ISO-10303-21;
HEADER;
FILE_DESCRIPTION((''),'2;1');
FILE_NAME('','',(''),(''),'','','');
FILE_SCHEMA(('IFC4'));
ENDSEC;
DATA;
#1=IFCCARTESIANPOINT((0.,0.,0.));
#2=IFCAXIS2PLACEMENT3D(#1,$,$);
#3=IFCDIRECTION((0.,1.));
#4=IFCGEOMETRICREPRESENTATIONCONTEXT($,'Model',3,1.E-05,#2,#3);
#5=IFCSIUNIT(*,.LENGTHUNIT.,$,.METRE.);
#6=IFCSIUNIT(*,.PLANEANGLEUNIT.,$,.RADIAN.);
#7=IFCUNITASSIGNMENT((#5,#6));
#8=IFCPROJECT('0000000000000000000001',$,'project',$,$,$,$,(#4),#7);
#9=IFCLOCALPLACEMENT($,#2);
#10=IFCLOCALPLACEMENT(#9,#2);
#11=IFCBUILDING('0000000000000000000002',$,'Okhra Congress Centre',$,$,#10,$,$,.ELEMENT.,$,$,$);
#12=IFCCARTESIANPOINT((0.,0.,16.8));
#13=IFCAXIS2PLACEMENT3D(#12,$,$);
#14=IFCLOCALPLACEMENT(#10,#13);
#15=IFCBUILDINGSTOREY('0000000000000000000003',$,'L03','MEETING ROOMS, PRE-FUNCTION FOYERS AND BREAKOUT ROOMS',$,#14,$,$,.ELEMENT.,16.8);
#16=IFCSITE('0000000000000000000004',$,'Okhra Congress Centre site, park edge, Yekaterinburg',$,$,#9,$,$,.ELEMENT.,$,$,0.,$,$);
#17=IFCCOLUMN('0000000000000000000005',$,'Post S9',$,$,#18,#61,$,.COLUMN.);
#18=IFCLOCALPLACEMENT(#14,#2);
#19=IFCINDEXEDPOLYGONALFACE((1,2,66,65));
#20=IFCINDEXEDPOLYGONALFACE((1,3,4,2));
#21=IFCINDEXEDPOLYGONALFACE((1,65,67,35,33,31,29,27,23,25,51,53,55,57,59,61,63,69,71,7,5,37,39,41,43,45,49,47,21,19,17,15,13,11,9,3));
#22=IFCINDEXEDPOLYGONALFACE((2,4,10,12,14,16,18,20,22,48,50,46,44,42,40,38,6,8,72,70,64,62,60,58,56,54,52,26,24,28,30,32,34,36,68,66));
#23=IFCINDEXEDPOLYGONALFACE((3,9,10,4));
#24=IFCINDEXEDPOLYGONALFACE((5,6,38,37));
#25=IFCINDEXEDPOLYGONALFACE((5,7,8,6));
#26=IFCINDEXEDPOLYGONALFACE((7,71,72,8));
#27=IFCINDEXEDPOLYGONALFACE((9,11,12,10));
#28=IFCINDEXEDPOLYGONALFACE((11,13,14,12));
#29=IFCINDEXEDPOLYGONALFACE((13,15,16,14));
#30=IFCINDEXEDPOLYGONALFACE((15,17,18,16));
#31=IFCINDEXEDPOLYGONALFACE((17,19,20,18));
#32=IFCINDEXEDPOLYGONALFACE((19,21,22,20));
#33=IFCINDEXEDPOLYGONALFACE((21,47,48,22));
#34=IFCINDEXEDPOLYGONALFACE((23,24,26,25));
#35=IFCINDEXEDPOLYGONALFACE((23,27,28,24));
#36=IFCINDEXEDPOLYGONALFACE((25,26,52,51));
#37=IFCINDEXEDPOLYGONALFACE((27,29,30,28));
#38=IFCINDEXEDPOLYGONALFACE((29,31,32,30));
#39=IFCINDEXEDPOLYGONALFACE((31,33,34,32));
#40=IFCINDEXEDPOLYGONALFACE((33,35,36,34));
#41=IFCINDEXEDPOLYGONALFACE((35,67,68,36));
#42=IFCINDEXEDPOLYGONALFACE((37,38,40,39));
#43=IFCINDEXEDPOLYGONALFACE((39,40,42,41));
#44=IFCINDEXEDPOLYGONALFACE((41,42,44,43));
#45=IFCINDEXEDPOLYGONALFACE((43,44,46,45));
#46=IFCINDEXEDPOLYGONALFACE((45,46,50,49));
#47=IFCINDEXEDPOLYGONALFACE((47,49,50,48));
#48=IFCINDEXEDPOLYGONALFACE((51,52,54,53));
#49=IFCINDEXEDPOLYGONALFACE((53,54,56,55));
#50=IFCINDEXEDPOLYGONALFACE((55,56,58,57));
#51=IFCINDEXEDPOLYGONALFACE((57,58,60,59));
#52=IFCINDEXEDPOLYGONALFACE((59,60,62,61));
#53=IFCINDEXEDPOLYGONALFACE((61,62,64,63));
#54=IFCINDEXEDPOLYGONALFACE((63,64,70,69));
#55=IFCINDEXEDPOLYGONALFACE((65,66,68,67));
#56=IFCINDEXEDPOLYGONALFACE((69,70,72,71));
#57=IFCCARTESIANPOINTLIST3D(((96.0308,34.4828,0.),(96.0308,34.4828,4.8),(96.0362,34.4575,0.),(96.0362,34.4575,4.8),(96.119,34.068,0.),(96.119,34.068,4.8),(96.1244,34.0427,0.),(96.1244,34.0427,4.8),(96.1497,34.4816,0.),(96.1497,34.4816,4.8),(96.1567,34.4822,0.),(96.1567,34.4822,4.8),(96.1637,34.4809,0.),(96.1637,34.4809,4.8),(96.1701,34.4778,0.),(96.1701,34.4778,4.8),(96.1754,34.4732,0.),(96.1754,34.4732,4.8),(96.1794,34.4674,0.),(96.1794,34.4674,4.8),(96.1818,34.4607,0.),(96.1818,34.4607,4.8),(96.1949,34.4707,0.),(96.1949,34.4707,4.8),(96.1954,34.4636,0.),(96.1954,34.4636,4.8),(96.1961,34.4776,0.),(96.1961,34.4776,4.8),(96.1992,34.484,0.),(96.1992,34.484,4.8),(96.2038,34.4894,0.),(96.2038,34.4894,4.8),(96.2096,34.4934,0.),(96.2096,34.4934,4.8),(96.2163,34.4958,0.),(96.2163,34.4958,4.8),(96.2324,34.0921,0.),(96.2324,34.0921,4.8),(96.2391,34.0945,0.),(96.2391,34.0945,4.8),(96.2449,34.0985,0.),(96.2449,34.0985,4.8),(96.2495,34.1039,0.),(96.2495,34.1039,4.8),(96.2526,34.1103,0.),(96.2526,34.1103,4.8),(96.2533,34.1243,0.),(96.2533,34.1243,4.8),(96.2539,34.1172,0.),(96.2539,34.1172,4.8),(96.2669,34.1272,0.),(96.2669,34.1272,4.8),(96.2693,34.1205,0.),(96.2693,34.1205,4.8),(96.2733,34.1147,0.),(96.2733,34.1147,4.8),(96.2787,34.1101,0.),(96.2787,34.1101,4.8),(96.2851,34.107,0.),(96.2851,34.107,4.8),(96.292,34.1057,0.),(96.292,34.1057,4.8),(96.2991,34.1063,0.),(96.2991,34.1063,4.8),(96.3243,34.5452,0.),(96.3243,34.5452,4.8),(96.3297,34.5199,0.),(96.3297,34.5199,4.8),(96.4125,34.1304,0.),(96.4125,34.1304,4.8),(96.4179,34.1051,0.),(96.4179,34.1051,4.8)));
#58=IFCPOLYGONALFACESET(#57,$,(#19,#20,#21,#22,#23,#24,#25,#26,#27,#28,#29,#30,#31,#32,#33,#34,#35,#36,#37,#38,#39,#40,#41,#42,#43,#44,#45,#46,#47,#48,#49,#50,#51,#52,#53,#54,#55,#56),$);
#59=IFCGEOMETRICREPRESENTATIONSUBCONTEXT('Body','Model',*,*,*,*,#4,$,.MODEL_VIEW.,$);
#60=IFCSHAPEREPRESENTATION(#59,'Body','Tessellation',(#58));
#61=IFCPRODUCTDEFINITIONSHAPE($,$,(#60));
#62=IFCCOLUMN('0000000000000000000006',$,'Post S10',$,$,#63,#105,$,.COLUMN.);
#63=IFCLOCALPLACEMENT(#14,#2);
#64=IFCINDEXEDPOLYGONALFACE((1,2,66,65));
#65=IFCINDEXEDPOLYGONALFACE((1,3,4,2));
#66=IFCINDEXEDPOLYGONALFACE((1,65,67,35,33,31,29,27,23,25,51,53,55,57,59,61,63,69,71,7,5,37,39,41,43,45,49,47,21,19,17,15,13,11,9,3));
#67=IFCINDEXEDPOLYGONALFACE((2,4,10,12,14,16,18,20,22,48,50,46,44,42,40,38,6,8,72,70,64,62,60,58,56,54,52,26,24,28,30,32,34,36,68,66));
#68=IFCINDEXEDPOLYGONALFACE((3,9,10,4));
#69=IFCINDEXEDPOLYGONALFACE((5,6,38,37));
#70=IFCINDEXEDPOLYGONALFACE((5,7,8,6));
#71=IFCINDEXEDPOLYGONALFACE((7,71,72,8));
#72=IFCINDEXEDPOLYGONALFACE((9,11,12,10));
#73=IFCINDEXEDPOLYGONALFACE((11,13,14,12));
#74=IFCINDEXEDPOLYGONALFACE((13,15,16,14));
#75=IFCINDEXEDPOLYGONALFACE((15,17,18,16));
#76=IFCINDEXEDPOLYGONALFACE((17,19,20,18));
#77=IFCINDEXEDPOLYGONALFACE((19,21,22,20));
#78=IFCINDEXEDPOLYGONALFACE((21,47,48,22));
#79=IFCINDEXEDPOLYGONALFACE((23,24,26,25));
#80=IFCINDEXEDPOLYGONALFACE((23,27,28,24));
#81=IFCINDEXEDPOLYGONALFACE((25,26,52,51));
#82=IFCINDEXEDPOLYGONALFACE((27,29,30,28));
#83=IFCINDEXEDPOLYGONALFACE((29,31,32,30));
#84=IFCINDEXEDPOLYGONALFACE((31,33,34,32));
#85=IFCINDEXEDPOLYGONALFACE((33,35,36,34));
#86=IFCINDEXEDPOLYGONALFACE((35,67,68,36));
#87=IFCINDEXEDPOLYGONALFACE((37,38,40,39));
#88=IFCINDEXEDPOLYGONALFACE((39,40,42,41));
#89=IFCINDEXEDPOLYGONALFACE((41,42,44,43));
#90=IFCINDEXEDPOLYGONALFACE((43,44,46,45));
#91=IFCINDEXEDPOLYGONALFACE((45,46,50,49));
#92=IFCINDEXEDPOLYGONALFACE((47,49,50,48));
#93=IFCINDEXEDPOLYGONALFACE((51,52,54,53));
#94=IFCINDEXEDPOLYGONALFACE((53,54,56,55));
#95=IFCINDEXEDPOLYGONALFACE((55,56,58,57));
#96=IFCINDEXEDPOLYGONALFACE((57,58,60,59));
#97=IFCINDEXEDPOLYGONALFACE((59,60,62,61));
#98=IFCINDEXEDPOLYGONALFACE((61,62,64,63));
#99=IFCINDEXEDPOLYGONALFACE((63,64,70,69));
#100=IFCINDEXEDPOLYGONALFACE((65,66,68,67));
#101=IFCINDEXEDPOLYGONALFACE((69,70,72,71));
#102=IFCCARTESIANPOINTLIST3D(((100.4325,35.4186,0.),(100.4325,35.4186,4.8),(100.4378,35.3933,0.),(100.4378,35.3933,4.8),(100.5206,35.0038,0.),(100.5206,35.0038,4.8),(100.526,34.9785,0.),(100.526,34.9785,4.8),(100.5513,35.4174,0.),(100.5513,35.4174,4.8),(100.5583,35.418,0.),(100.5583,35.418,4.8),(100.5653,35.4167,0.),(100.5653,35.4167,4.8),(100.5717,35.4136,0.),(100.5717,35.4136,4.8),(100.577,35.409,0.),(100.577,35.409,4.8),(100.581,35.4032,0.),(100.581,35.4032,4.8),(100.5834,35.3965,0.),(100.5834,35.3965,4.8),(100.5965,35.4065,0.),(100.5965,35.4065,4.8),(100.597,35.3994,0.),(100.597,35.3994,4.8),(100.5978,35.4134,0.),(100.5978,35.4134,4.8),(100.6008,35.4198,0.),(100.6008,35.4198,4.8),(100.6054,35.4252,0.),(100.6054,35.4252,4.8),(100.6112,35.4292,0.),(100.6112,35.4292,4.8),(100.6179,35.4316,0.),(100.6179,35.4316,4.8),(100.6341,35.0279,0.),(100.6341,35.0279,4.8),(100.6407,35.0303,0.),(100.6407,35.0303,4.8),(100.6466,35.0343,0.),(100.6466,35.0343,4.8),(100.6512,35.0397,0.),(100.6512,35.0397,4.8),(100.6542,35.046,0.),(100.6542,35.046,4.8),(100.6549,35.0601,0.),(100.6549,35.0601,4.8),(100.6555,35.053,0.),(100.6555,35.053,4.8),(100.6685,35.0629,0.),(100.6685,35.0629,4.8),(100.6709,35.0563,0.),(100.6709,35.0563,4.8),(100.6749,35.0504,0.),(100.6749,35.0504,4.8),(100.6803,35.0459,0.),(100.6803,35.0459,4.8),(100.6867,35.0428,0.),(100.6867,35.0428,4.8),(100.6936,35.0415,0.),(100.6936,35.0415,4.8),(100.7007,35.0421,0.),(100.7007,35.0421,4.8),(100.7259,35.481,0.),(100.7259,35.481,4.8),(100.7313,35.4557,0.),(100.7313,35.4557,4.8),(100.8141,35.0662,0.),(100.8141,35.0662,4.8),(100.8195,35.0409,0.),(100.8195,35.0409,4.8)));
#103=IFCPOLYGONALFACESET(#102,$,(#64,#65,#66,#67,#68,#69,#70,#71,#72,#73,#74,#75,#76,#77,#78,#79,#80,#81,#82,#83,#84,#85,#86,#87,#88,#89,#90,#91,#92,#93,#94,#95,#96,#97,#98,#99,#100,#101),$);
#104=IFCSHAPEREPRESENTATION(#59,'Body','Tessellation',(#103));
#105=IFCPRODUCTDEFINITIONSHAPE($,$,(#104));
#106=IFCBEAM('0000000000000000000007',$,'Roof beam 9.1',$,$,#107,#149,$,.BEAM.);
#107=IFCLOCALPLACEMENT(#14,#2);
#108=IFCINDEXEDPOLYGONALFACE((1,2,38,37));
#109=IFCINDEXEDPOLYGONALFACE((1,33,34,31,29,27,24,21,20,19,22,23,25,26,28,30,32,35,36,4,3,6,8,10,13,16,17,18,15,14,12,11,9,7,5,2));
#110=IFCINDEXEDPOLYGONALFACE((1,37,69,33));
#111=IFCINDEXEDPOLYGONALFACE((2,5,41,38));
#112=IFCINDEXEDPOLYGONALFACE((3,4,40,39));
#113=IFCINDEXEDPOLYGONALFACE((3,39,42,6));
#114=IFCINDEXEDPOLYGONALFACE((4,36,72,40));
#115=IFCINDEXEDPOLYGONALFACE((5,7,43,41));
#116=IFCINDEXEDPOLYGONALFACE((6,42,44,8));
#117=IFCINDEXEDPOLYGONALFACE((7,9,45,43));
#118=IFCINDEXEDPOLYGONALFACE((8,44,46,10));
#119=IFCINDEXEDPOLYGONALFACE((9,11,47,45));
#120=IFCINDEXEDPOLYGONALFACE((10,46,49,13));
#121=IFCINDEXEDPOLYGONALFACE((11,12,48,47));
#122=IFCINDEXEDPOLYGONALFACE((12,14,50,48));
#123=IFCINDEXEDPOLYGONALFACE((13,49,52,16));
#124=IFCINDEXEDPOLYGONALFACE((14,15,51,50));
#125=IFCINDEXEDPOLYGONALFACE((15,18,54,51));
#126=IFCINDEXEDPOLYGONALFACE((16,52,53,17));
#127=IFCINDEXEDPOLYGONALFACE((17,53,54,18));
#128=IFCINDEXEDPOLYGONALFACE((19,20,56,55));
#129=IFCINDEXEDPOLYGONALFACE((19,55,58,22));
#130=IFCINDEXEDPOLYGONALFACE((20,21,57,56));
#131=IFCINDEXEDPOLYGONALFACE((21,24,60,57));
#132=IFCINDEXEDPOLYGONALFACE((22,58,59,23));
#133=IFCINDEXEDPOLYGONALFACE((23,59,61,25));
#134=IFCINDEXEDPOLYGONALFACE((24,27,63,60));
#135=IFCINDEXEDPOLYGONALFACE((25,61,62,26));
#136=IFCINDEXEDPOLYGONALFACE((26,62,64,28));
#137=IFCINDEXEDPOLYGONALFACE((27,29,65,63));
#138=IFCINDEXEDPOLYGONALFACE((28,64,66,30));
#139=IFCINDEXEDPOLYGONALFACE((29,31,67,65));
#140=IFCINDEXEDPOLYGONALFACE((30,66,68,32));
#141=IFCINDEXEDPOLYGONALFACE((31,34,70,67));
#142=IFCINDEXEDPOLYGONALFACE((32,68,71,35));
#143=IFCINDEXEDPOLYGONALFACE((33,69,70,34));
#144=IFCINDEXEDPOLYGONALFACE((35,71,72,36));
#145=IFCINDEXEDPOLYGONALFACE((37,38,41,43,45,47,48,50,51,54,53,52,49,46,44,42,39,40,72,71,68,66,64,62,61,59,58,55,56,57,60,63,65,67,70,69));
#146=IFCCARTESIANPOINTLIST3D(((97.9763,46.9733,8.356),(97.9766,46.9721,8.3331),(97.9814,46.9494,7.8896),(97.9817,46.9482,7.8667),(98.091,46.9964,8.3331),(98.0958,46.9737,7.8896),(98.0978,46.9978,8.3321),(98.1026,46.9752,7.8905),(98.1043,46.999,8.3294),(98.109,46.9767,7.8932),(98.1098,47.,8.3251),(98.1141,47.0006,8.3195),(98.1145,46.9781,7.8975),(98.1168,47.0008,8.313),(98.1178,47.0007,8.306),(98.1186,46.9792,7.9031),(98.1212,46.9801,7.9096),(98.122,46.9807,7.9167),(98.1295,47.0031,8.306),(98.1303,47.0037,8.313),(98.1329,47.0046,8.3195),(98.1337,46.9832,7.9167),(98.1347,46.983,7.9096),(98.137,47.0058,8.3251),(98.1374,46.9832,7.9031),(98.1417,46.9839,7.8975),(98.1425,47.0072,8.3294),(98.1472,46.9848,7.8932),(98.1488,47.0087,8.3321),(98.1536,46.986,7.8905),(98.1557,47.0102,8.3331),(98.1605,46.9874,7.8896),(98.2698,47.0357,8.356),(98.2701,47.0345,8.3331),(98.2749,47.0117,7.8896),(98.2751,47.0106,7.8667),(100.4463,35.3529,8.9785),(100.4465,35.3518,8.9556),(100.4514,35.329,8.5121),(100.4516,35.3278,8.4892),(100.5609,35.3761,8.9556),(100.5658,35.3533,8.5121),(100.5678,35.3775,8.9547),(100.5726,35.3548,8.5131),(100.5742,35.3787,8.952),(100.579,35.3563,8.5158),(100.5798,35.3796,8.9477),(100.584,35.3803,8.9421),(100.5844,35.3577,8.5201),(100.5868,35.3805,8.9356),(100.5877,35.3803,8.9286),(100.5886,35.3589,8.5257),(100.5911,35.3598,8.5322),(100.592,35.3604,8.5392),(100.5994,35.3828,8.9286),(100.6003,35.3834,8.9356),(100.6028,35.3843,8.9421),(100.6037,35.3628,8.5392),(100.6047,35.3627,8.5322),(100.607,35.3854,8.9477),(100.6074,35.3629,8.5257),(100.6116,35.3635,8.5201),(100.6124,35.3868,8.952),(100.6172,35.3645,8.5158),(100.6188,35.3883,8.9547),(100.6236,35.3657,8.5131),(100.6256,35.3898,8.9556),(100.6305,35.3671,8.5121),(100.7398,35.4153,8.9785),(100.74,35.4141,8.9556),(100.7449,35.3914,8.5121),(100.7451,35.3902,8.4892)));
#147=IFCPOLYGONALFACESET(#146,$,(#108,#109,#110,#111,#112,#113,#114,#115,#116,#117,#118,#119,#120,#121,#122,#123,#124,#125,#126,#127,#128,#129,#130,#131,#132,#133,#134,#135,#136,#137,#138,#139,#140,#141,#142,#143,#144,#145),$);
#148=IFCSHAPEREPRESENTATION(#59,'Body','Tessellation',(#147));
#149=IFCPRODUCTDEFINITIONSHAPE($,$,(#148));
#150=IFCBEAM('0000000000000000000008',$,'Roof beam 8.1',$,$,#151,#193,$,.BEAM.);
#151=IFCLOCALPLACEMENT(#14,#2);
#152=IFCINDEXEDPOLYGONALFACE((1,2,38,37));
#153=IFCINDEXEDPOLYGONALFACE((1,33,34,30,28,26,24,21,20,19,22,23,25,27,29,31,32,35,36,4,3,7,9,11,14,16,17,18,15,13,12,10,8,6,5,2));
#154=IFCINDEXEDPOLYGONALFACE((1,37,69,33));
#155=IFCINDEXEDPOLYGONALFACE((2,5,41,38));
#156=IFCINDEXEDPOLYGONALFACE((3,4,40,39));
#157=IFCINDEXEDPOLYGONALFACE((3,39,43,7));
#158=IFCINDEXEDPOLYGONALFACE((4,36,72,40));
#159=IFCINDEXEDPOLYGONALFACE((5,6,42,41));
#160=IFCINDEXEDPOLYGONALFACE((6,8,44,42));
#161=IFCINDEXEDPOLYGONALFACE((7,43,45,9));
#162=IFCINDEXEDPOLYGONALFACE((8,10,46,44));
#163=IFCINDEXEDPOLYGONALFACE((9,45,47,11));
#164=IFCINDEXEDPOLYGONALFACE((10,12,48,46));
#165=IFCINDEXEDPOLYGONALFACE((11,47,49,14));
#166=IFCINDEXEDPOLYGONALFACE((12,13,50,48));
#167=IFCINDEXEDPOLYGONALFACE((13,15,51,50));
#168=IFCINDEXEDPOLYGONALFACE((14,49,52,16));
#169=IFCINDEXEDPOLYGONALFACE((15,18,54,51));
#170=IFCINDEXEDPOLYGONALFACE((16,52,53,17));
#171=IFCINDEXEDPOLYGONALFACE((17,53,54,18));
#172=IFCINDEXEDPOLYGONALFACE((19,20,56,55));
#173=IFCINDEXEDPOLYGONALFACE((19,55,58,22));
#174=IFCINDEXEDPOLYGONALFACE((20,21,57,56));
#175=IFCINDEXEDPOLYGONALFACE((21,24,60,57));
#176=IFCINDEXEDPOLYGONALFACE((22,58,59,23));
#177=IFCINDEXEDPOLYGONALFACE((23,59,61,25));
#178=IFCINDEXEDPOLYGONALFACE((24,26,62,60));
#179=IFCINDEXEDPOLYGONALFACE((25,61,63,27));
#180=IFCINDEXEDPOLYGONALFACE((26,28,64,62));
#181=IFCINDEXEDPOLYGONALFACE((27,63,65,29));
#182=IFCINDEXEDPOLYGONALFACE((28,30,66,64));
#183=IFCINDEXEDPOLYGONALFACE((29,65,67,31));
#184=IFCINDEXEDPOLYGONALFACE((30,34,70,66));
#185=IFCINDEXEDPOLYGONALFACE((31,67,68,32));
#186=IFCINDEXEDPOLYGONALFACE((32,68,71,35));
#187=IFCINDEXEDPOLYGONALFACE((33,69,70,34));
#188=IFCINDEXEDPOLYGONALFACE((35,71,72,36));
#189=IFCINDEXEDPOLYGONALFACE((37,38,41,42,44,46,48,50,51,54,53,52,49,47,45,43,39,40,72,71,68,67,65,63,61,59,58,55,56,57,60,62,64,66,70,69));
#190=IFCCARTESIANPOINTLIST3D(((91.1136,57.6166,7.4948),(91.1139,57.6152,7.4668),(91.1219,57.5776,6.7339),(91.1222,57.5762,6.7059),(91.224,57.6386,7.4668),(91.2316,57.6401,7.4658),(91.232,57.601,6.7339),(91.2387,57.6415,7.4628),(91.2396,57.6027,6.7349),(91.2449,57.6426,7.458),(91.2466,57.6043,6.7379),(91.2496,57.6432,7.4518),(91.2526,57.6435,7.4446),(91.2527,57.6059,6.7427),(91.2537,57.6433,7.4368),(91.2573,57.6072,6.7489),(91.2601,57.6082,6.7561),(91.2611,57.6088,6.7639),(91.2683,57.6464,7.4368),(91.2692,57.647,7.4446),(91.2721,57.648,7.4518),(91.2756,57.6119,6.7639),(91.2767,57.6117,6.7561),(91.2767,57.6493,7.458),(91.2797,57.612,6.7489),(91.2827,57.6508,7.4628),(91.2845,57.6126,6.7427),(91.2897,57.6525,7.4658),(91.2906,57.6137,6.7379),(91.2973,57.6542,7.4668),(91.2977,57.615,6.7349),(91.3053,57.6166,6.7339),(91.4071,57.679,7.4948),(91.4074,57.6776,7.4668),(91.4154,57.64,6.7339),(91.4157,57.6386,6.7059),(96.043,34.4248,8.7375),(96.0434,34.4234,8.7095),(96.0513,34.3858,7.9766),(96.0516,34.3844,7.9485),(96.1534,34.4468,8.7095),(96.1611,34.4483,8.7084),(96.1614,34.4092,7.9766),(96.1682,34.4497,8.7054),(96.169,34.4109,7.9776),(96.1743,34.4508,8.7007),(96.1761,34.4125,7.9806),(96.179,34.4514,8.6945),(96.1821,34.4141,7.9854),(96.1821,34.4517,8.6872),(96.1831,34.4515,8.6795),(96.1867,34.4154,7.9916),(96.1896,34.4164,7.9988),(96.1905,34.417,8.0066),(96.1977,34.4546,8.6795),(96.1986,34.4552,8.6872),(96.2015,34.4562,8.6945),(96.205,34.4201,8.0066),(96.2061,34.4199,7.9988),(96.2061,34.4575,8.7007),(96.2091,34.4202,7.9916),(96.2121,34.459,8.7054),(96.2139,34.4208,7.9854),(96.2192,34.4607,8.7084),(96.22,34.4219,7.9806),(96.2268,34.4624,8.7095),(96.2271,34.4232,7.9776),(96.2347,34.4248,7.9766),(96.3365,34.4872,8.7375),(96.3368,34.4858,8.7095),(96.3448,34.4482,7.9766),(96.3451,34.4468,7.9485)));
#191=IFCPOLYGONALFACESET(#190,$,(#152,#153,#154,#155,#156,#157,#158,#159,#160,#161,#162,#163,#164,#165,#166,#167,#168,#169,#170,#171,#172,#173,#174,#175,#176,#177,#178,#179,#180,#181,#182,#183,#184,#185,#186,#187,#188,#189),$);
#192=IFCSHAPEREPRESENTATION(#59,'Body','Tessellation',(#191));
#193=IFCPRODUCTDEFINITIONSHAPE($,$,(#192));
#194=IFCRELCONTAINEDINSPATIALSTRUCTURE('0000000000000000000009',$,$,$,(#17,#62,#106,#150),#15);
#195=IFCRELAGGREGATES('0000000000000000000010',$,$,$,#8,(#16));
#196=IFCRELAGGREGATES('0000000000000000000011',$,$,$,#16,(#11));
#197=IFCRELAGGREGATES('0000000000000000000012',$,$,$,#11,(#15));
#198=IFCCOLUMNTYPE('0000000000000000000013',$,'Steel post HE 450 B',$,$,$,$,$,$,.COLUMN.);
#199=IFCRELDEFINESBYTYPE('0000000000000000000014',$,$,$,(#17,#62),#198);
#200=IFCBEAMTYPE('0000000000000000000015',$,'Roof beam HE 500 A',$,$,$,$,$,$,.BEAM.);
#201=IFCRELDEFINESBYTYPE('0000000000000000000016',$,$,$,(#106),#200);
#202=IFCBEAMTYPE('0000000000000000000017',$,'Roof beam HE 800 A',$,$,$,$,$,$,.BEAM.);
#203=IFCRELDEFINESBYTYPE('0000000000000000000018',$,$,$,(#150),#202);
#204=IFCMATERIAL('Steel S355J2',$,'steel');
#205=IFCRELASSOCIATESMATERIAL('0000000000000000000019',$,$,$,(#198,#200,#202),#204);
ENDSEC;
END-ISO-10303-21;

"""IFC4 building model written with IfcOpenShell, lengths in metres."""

from ifc_helpers import new_model, si_unit, direction, frame, origin, origin_2d, place, context, subcontext, project, spatial, i_section, extrude, material, material_profile, profile_set, type_object, element, save


model = new_model("IFC4")

# Units and contexts
model_context = context("Model", 3, precision=1e-05, world=origin(), true_north=direction((0.0, 1.0)))
body_context = subcontext(model_context, "Body", "Model", "MODEL_VIEW")
ifc_project = project(units=[si_unit("LENGTHUNIT", "METRE"), si_unit("PLANEANGLEUNIT", "RADIAN")], contexts=[model_context])

# Site, building, storey
site_placement = place(None, origin())
site = spatial("IfcSite", under=ifc_project, at=site_placement, Name="Okhra Congress Centre site, park edge, Yekaterinburg", CompositionType="ELEMENT", RefElevation=0.0)
building_placement = place(site_placement, origin())
building = spatial("IfcBuilding", under=site, at=building_placement, Name="Okhra Congress Centre", CompositionType="ELEMENT")
storey_placement = place(building_placement, frame((0.0, 0.0, 16.8)))
storey = spatial("IfcBuildingStorey", under=building, at=storey_placement, Name="L03", Description="MEETING ROOMS, PRE-FUNCTION FOYERS AND BREAKOUT ROOMS", CompositionType="ELEMENT", Elevation=16.8)

# Columns
ifc_material_1 = material(Name="Steel S355J2", Category="steel")
ifc_material_profile_1 = material_profile(ifc_material_1, i_section(OverallWidth=0.3, OverallDepth=0.45, WebThickness=0.0139, FlangeThickness=0.0259, FilletRadius=0.0271, at=origin_2d()), Name="HE 450 B")
ifc_profile_set_1 = profile_set([ifc_material_profile_1], Name="Steel S355J2")
column_type = type_object("IfcColumnType", Name="Steel post HE 450 B", PredefinedType="COLUMN", material=ifc_profile_set_1)
for number, where, z_axis, x_axis, name in (
    (1, (96.2244, 34.2939, 0.0), (0.0, 0.0, 1.0), (0.978148, 0.207912, 0.0), "Post S9"),
    (2, (100.626, 35.2297, 0.0), (0.0, 0.0, 1.0), (0.978148, 0.207912, 0.0), "Post S10"),
):
    element("IfcColumn", number, at=place(storey_placement, frame(where, z_axis=z_axis, x_axis=x_axis)), inside=storey, type_object=column_type, Name=name, PredefinedType="COLUMN", context=body_context, shape_type="SweptSolid", body=[
        extrude(i_section(OverallWidth=0.3, OverallDepth=0.45, WebThickness=0.0139, FlangeThickness=0.0259, FilletRadius=0.0271, at=origin_2d()), origin(), (0.0, 0.0, 1.0), 4.8),
    ])

# Beams
ifc_material_profile_2 = material_profile(ifc_material_1, i_section(OverallWidth=0.3, OverallDepth=0.49, WebThickness=0.012, FlangeThickness=0.0229, FilletRadius=0.0271, at=origin_2d()), Name="HE 500 A")
ifc_profile_set_2 = profile_set([ifc_material_profile_2], Name="Steel S355J2")
beam_type_1 = type_object("IfcBeamType", Name="Roof beam HE 500 A", PredefinedType="BEAM", material=ifc_profile_set_2)
beam_1_placement = place(storey_placement, frame((100.5957, 35.3716, 8.7339), z_axis=(-0.207626, 0.976808, -0.052332), x_axis=(-0.978148, -0.207911, 0.0)))
element("IfcBeam", 3, at=beam_1_placement, inside=storey, type_object=beam_type_1, Name="Roof beam 9.1", PredefinedType="BEAM", context=body_context, shape_type="SweptSolid", body=[
    extrude(i_section(OverallWidth=0.3, OverallDepth=0.49, WebThickness=0.012, FlangeThickness=0.0229, FilletRadius=0.0271, at=origin_2d()), origin(), (0.0, 0.0, 1.0), 11.8962),
])
ifc_material_profile_3 = material_profile(ifc_material_1, i_section(OverallWidth=0.3, OverallDepth=0.79, WebThickness=0.0149, FlangeThickness=0.0281, FilletRadius=0.03, at=origin_2d()), Name="HE 800 A")
ifc_profile_set_3 = profile_set([ifc_material_profile_3], Name="Steel S355J2")
beam_type_2 = type_object("IfcBeamType", Name="Roof beam HE 800 A", PredefinedType="BEAM", material=ifc_profile_set_3)
beam_2_placement = place(storey_placement, frame((96.1941, 34.4358, 8.343), z_axis=(-0.207621, 0.976808, -0.05234), x_axis=(-0.978149, -0.207906, 0.0)))
element("IfcBeam", 4, at=beam_2_placement, inside=storey, type_object=beam_type_2, Name="Roof beam 8.1", PredefinedType="BEAM", context=body_context, shape_type="SweptSolid", body=[
    extrude(i_section(OverallWidth=0.3, OverallDepth=0.79, WebThickness=0.0149, FlangeThickness=0.0281, FilletRadius=0.03, at=origin_2d()), origin(), (0.0, 0.0, 1.0), 23.7424),
])

save(model, "model.ifc")
